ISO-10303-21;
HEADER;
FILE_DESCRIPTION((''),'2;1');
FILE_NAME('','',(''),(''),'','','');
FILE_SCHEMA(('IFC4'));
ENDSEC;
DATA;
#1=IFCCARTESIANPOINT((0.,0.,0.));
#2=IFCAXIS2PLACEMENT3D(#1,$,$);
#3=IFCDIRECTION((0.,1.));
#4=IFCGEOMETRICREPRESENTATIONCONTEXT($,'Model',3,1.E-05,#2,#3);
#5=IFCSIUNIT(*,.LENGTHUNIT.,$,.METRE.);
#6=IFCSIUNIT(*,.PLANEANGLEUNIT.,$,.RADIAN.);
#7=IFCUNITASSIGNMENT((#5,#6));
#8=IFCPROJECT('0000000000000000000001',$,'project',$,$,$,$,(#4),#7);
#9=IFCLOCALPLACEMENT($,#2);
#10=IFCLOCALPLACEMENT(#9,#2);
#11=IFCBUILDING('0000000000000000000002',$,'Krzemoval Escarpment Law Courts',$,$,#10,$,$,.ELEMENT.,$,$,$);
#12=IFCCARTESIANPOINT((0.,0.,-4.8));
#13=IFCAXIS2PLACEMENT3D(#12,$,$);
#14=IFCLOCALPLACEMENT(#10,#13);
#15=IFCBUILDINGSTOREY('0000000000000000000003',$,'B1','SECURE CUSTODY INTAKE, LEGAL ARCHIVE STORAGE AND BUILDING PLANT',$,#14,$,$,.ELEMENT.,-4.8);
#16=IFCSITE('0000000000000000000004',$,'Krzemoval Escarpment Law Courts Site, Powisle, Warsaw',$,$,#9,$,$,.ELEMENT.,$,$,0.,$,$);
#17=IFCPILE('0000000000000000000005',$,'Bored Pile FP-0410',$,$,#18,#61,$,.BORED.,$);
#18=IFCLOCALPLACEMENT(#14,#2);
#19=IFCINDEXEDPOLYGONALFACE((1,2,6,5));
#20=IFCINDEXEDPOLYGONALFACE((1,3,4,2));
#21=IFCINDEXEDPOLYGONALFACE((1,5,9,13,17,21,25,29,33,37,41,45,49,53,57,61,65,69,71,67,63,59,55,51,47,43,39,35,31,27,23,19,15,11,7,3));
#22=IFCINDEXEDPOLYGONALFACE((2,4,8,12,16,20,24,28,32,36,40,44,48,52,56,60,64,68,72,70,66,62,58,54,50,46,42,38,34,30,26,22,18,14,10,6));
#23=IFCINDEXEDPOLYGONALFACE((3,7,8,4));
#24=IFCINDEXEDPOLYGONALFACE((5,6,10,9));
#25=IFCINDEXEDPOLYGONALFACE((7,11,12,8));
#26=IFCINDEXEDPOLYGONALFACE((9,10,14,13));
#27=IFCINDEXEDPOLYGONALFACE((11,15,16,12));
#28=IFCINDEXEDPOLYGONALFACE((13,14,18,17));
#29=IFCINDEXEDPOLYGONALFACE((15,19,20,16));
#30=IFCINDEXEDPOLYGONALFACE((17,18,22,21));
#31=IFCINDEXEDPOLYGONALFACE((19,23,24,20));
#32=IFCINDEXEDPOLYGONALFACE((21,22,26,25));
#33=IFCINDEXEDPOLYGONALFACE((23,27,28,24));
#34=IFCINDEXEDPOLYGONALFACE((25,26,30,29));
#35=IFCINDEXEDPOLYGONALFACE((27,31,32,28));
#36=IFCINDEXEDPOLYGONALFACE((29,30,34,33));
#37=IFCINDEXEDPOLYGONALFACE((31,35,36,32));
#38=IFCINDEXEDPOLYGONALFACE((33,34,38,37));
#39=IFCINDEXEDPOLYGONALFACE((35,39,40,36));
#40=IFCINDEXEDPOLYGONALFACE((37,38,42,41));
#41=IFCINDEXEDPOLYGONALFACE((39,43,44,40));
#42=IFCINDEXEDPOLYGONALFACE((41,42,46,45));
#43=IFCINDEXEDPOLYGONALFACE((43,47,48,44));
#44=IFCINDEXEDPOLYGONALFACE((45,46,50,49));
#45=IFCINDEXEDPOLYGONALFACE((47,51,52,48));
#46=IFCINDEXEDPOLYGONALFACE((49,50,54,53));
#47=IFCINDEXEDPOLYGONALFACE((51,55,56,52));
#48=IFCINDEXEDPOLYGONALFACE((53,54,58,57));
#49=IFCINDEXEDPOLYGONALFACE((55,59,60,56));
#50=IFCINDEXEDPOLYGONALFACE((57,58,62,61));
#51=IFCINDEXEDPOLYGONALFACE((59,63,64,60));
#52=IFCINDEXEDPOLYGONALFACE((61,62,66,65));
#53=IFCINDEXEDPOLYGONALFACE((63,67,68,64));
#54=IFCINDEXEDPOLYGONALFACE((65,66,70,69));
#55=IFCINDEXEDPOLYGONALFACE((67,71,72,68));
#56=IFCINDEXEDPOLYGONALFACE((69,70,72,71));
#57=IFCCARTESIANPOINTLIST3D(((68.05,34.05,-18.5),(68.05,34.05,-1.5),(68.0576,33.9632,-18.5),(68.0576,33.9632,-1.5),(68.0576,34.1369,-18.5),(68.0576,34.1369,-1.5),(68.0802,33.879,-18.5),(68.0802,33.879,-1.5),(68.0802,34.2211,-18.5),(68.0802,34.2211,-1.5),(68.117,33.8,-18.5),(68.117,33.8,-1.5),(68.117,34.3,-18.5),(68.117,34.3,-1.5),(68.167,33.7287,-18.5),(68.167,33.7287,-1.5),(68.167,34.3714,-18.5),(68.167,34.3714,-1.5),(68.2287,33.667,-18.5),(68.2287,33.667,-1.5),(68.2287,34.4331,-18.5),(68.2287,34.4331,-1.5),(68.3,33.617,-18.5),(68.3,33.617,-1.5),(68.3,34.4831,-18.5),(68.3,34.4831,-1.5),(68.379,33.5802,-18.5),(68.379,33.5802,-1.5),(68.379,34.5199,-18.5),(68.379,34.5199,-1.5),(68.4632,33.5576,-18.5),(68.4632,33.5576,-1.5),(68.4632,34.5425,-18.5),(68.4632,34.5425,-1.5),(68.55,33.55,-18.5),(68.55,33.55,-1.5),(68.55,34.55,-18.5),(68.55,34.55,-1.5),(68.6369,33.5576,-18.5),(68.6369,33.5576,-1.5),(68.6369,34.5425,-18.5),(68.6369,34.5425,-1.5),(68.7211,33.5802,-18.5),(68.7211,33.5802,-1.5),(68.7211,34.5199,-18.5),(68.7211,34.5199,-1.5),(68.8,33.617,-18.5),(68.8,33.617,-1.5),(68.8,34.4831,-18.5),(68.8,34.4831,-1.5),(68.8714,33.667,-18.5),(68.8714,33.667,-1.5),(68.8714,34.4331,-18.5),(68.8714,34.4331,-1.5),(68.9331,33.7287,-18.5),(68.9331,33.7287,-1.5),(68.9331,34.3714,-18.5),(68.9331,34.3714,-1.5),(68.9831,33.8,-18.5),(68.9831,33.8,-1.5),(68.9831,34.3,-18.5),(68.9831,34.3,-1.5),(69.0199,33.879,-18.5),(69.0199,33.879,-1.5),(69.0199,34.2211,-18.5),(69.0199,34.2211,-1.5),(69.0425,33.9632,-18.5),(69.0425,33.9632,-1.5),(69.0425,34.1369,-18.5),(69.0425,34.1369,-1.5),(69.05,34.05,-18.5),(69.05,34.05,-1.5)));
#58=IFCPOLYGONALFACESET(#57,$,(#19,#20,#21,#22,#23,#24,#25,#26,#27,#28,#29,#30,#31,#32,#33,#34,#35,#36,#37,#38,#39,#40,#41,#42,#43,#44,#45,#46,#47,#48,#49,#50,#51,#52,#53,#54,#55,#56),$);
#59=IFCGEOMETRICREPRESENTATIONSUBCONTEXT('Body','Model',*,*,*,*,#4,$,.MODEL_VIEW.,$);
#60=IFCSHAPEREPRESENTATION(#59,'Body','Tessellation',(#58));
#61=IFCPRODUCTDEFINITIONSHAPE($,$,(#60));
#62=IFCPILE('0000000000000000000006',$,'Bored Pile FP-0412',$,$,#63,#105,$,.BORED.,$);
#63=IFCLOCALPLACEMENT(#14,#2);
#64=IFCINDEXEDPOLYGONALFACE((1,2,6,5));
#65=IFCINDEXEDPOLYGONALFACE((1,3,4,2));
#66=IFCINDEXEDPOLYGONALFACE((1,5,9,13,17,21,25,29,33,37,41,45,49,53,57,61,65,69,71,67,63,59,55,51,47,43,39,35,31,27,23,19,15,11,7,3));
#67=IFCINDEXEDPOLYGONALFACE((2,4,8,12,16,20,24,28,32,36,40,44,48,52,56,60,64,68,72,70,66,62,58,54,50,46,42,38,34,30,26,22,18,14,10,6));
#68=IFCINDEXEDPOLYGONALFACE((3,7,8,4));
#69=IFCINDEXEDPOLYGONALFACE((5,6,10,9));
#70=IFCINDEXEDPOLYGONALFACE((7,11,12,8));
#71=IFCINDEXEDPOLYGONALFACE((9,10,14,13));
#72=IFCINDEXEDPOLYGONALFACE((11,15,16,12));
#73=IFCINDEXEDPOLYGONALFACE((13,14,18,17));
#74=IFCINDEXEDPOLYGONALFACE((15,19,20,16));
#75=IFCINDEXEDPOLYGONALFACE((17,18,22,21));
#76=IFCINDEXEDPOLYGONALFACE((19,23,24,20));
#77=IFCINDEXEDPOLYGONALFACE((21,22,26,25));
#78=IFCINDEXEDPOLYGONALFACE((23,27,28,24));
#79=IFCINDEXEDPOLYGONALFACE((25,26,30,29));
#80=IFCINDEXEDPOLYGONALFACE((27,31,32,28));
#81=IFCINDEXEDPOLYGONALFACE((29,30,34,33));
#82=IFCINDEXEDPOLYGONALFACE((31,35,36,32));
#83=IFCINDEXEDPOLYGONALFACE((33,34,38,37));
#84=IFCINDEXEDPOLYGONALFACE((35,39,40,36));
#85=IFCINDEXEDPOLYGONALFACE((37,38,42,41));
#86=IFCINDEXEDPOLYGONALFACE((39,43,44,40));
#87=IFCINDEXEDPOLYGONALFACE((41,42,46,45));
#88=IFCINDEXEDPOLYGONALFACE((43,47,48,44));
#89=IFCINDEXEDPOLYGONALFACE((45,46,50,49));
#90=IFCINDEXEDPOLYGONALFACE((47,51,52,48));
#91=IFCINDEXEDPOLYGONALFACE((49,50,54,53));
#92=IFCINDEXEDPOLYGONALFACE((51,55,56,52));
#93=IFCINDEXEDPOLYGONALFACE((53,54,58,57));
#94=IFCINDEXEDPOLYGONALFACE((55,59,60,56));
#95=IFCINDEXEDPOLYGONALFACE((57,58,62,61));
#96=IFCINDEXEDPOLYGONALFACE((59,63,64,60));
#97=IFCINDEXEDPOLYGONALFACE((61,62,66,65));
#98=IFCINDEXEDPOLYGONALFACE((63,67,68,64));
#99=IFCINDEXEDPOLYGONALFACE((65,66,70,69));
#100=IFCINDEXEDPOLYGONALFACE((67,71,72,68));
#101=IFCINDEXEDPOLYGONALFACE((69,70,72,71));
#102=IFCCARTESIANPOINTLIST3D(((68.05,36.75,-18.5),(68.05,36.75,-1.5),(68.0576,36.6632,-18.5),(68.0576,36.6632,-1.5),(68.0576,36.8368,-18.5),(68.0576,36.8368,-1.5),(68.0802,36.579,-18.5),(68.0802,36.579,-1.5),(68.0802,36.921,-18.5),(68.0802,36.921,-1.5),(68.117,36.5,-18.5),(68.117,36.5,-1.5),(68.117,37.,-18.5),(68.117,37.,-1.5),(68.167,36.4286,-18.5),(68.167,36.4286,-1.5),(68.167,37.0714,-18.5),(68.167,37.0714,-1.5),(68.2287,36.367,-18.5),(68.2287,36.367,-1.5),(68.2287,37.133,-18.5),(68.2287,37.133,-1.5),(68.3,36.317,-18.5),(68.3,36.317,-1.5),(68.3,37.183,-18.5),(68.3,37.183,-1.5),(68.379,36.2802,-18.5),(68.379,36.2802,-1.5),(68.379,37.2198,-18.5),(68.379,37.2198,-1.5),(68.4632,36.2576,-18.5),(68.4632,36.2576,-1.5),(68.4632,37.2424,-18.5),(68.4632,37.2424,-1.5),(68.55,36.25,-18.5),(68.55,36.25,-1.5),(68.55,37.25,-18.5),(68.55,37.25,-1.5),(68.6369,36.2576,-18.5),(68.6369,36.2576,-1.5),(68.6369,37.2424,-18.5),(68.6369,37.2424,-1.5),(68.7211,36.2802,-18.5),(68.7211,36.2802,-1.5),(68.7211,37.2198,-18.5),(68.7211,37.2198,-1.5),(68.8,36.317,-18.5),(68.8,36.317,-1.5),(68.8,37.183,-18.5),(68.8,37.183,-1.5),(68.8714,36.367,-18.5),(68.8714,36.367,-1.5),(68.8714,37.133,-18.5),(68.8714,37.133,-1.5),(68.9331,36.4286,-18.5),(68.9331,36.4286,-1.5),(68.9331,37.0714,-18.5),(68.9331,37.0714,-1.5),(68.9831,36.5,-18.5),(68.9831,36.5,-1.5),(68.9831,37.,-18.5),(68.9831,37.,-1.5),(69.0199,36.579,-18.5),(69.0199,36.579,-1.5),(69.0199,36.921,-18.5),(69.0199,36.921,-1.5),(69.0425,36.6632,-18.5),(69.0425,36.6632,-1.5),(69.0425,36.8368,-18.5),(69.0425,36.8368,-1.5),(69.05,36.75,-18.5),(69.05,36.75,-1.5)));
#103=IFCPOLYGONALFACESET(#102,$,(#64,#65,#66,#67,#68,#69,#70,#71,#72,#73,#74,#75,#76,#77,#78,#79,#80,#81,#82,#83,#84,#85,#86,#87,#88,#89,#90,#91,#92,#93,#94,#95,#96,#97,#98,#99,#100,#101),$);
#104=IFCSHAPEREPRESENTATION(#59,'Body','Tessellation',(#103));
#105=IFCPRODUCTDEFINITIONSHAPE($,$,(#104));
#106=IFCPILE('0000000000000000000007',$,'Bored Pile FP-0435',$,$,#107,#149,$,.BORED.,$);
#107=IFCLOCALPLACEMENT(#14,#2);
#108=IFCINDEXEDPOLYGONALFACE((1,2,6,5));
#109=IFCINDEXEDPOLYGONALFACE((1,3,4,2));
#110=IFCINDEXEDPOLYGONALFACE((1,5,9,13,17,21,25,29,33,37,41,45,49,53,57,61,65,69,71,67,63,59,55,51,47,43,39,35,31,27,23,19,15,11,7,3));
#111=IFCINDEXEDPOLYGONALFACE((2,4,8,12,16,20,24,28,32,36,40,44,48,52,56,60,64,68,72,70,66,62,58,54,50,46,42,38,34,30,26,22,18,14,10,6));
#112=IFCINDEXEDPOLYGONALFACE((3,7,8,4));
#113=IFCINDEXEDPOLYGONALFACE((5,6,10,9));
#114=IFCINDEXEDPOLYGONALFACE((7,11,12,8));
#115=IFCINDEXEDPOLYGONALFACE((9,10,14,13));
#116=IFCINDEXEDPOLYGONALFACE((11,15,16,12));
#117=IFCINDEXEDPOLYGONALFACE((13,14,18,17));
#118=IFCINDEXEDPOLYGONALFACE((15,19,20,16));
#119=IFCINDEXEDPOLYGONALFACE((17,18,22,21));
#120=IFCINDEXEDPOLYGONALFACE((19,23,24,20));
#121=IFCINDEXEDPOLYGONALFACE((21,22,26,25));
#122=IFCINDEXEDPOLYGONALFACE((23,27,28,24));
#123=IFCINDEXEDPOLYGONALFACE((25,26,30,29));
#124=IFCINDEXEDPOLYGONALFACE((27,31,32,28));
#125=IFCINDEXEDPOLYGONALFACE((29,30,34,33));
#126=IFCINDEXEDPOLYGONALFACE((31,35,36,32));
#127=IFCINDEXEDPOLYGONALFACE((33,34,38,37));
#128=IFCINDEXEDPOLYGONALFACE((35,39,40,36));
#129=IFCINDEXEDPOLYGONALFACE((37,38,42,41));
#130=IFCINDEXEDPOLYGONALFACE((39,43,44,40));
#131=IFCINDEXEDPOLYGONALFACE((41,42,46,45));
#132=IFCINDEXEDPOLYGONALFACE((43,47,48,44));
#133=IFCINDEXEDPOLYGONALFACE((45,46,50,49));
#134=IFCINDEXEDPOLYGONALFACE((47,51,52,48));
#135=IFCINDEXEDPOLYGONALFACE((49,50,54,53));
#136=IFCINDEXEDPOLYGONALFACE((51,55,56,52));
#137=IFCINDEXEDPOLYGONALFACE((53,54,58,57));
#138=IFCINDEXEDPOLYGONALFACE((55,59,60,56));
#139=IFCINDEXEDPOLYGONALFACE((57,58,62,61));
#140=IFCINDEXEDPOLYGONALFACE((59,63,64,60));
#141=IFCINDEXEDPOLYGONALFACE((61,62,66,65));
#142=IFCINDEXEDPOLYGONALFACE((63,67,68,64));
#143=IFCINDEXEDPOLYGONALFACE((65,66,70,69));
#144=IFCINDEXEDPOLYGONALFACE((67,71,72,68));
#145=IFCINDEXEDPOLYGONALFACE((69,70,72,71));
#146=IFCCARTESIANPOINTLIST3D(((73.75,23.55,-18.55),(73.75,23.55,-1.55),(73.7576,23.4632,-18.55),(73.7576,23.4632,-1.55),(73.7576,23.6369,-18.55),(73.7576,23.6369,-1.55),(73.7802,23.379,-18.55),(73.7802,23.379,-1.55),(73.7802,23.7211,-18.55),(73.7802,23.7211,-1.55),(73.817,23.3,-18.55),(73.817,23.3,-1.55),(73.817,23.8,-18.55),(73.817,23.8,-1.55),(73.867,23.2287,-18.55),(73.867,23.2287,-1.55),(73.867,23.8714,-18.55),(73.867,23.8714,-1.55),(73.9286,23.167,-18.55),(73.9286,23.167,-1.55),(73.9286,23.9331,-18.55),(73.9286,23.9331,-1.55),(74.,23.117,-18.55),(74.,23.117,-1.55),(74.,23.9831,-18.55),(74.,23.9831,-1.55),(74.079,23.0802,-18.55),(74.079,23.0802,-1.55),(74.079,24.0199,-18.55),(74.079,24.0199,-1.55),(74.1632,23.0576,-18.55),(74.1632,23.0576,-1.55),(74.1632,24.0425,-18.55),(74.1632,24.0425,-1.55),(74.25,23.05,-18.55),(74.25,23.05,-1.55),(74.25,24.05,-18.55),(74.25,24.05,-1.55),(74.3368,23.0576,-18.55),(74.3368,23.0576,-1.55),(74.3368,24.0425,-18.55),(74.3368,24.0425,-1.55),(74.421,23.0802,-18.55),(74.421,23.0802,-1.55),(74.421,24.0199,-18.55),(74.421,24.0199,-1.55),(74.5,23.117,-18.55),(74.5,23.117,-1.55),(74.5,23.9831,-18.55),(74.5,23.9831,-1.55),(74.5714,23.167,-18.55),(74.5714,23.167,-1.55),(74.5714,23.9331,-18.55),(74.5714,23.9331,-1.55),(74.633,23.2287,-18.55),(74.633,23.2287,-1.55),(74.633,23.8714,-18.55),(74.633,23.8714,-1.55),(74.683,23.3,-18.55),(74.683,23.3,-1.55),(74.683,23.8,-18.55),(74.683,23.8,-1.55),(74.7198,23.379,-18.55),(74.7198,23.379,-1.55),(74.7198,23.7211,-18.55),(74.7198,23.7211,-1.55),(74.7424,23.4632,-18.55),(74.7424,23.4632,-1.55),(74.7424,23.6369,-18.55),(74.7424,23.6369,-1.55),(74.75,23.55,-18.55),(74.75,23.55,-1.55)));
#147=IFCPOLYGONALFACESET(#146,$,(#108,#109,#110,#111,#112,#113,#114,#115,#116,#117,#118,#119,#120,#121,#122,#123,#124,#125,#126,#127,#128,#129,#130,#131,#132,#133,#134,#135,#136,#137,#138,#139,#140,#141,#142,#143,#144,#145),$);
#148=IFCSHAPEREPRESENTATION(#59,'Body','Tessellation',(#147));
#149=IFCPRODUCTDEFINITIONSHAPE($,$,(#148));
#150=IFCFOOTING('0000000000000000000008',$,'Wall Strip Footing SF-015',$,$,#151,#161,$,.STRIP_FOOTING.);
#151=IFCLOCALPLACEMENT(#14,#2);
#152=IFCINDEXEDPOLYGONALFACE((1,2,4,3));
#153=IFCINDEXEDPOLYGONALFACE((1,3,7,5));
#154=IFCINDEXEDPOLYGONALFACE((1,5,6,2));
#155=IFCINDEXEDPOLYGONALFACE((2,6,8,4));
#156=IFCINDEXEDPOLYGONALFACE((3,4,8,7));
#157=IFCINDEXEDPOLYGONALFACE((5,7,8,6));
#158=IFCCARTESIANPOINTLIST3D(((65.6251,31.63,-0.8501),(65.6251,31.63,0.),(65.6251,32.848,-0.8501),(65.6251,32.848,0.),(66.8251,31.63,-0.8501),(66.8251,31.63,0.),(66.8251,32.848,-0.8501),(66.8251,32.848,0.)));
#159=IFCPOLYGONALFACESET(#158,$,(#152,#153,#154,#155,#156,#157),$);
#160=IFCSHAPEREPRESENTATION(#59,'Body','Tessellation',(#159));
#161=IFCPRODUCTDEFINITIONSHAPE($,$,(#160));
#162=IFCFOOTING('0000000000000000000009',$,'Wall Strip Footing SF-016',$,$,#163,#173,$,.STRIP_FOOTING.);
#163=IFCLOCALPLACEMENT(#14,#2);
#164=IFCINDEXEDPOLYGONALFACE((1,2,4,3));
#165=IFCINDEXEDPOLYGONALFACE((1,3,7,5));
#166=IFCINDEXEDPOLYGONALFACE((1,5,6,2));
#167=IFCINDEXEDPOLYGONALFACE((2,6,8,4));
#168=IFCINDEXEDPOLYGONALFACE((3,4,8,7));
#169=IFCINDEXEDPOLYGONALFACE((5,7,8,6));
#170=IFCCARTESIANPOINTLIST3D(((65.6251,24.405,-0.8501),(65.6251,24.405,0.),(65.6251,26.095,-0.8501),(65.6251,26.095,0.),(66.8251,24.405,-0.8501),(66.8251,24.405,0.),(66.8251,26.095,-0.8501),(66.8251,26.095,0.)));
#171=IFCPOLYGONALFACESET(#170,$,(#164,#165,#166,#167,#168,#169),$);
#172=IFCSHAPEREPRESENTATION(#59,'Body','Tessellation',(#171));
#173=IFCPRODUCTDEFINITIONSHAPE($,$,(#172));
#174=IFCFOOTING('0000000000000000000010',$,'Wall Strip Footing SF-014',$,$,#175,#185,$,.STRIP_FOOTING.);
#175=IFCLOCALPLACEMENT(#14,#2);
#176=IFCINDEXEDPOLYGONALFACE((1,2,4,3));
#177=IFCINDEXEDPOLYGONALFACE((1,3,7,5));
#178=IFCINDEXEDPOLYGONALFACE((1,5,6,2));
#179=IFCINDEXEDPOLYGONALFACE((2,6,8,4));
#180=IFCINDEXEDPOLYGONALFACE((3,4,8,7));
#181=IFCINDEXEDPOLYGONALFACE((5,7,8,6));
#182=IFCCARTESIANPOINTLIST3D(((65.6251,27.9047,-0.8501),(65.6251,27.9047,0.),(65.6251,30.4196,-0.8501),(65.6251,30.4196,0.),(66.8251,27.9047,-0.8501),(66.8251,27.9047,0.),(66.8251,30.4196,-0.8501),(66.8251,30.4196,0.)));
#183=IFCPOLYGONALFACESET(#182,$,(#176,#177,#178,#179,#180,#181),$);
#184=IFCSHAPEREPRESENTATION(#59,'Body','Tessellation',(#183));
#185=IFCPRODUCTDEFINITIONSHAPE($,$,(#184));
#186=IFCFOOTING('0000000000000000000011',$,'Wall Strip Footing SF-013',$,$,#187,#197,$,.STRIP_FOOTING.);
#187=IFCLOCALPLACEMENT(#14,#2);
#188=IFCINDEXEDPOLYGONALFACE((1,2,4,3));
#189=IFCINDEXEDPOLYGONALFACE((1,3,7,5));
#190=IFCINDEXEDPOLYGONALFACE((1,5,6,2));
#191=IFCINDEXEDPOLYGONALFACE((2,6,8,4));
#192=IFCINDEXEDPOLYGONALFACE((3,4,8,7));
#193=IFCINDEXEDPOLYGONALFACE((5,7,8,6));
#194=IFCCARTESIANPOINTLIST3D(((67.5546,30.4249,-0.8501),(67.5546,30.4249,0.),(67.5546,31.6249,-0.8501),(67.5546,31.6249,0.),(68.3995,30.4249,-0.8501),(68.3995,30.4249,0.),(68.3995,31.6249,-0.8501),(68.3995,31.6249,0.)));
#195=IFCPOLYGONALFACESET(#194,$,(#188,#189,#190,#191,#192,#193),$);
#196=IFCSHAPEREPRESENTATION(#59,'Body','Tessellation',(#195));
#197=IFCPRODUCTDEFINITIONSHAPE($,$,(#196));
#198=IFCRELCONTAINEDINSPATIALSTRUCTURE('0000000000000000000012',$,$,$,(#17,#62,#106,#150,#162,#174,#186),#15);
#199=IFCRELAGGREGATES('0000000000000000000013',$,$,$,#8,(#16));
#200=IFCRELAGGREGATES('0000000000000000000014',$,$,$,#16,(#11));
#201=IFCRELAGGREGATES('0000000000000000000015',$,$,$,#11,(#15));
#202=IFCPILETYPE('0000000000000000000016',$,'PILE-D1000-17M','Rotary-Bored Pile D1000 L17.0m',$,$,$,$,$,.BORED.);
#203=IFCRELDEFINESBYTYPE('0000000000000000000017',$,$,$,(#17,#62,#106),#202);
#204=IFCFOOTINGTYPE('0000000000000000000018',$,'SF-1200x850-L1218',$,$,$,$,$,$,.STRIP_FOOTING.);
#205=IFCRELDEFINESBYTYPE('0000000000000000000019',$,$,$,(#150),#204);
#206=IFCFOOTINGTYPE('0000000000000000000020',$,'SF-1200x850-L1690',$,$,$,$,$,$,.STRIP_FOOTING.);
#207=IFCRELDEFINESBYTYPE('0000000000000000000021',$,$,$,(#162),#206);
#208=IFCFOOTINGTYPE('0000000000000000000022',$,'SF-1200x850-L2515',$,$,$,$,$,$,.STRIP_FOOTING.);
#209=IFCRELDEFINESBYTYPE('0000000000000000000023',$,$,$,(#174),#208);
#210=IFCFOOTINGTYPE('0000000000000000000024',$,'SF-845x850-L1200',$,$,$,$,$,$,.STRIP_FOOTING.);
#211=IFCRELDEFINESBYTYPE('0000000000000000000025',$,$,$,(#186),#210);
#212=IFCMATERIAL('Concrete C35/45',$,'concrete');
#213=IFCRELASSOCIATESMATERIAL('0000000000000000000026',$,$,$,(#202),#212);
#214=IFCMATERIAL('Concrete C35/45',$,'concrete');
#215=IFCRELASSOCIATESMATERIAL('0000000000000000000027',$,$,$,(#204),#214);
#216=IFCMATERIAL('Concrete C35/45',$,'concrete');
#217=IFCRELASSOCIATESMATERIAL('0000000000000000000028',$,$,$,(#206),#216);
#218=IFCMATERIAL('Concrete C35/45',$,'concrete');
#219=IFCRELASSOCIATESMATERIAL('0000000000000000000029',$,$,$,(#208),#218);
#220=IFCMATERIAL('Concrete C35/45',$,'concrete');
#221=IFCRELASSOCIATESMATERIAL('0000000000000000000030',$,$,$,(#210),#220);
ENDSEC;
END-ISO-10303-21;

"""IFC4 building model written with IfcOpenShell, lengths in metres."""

from ifc_helpers import new_model, si_unit, direction, frame, origin, origin_2d, place, context, subcontext, project, spatial, rectangle, circle, extrude, material, material_profile, profile_set, type_object, element, save


model = new_model("IFC4")

# Units and contexts
model_context = context("Model", 3, precision=1e-05, world=origin(), true_north=direction((0.0, 1.0)))
body_context = subcontext(model_context, "Body", "Model", "MODEL_VIEW")
ifc_project = project(units=[si_unit("LENGTHUNIT", "METRE"), si_unit("PLANEANGLEUNIT", "RADIAN")], contexts=[model_context])

# Site, building, storey
site_placement = place(None, origin())
site = spatial("IfcSite", under=ifc_project, at=site_placement, Name="Krzemoval Escarpment Law Courts Site, Powisle, Warsaw", CompositionType="ELEMENT", RefElevation=0.0)
building_placement = place(site_placement, origin())
building = spatial("IfcBuilding", under=site, at=building_placement, Name="Krzemoval Escarpment Law Courts", CompositionType="ELEMENT")
storey_placement = place(building_placement, frame((0.0, 0.0, -4.8)))
storey = spatial("IfcBuildingStorey", under=building, at=storey_placement, Name="B1", Description="SECURE CUSTODY INTAKE, LEGAL ARCHIVE STORAGE AND BUILDING PLANT", CompositionType="ELEMENT", Elevation=-4.8)

# Piles
ifc_material_1 = material(Name="Concrete C35/45", Category="concrete")
ifc_material_profile_1 = material_profile(ifc_material_1, circle(Radius=0.5, at=origin_2d()), Name="PILE D1000")
ifc_profile_set_1 = profile_set([ifc_material_profile_1], Name="Concrete C35/45")
pile_type = type_object("IfcPileType", Name="PILE-D1000-17M", Description="Rotary-Bored Pile D1000 L17.0m", PredefinedType="BORED", material=ifc_profile_set_1)
for number, where, z_axis, x_axis, name in (
    (1, (68.55, 34.05, -1.5), (0.0, 0.0, -1.0), (1.0, 0.0, 0.0), "Bored Pile FP-0410"),
    (2, (68.55, 36.75, -1.5), (0.0, 0.0, -1.0), (1.0, 0.0, 0.0), "Bored Pile FP-0412"),
    (3, (74.25, 23.55, -1.55), (0.0, 0.0, -1.0), (1.0, 0.0, 0.0), "Bored Pile FP-0435"),
):
    element("IfcPile", number, at=place(storey_placement, frame(where, z_axis=z_axis, x_axis=x_axis)), inside=storey, type_object=pile_type, Name=name, PredefinedType="BORED", context=body_context, shape_type="SweptSolid", body=[
        extrude(circle(Radius=0.5, at=origin_2d()), origin(), (0.0, 0.0, 1.0), 17.0),
    ])

# Footings
ifc_material_2 = material(Name="Concrete C35/45", Category="concrete")
footing_type_1 = type_object("IfcFootingType", Name="SF-1200x850-L1218", PredefinedType="STRIP_FOOTING", material=ifc_material_2)
footing_1_placement = place(storey_placement, frame((66.2251, 32.239, -0.8501), z_axis=(0.0, 0.0, 1.0), x_axis=(0.0, 1.0, 0.0)))
element("IfcFooting", 4, at=footing_1_placement, inside=storey, type_object=footing_type_1, Name="Wall Strip Footing SF-015", PredefinedType="STRIP_FOOTING", context=body_context, shape_type="SweptSolid", body=[
    extrude(rectangle(XDim=1.218, YDim=1.2, at=origin_2d()), origin(), (0.0, 0.0, 1.0), 0.8501),
])
ifc_material_3 = material(Name="Concrete C35/45", Category="concrete")
footing_type_2 = type_object("IfcFootingType", Name="SF-1200x850-L1690", PredefinedType="STRIP_FOOTING", material=ifc_material_3)
footing_2_placement = place(storey_placement, frame((66.2251, 25.25, -0.8501), z_axis=(0.0, 0.0, 1.0), x_axis=(0.0, 1.0, 0.0)))
element("IfcFooting", 5, at=footing_2_placement, inside=storey, type_object=footing_type_2, Name="Wall Strip Footing SF-016", PredefinedType="STRIP_FOOTING", context=body_context, shape_type="SweptSolid", body=[
    extrude(rectangle(XDim=1.6899, YDim=1.2, at=origin_2d()), origin(), (0.0, 0.0, 1.0), 0.8501),
])
ifc_material_4 = material(Name="Concrete C35/45", Category="concrete")
footing_type_3 = type_object("IfcFootingType", Name="SF-1200x850-L2515", PredefinedType="STRIP_FOOTING", material=ifc_material_4)
footing_3_placement = place(storey_placement, frame((66.2251, 29.1621, -0.8501), z_axis=(0.0, 0.0, 1.0), x_axis=(0.0, 1.0, 0.0)))
element("IfcFooting", 6, at=footing_3_placement, inside=storey, type_object=footing_type_3, Name="Wall Strip Footing SF-014", PredefinedType="STRIP_FOOTING", context=body_context, shape_type="SweptSolid", body=[
    extrude(rectangle(XDim=2.5149, YDim=1.2, at=origin_2d()), origin(), (0.0, 0.0, 1.0), 0.8501),
])
ifc_material_5 = material(Name="Concrete C35/45", Category="concrete")
footing_type_4 = type_object("IfcFootingType", Name="SF-845x850-L1200", PredefinedType="STRIP_FOOTING", material=ifc_material_5)
footing_4_placement = place(storey_placement, frame((67.9771, 31.0249, -0.8501), z_axis=(0.0, 0.0, 1.0), x_axis=(0.0, 1.0, 0.0)))
element("IfcFooting", 7, at=footing_4_placement, inside=storey, type_object=footing_type_4, Name="Wall Strip Footing SF-013", PredefinedType="STRIP_FOOTING", context=body_context, shape_type="SweptSolid", body=[
    extrude(rectangle(XDim=1.2, YDim=0.845, at=origin_2d()), origin(), (0.0, 0.0, 1.0), 0.8501),
])

save(model, "model.ifc")
